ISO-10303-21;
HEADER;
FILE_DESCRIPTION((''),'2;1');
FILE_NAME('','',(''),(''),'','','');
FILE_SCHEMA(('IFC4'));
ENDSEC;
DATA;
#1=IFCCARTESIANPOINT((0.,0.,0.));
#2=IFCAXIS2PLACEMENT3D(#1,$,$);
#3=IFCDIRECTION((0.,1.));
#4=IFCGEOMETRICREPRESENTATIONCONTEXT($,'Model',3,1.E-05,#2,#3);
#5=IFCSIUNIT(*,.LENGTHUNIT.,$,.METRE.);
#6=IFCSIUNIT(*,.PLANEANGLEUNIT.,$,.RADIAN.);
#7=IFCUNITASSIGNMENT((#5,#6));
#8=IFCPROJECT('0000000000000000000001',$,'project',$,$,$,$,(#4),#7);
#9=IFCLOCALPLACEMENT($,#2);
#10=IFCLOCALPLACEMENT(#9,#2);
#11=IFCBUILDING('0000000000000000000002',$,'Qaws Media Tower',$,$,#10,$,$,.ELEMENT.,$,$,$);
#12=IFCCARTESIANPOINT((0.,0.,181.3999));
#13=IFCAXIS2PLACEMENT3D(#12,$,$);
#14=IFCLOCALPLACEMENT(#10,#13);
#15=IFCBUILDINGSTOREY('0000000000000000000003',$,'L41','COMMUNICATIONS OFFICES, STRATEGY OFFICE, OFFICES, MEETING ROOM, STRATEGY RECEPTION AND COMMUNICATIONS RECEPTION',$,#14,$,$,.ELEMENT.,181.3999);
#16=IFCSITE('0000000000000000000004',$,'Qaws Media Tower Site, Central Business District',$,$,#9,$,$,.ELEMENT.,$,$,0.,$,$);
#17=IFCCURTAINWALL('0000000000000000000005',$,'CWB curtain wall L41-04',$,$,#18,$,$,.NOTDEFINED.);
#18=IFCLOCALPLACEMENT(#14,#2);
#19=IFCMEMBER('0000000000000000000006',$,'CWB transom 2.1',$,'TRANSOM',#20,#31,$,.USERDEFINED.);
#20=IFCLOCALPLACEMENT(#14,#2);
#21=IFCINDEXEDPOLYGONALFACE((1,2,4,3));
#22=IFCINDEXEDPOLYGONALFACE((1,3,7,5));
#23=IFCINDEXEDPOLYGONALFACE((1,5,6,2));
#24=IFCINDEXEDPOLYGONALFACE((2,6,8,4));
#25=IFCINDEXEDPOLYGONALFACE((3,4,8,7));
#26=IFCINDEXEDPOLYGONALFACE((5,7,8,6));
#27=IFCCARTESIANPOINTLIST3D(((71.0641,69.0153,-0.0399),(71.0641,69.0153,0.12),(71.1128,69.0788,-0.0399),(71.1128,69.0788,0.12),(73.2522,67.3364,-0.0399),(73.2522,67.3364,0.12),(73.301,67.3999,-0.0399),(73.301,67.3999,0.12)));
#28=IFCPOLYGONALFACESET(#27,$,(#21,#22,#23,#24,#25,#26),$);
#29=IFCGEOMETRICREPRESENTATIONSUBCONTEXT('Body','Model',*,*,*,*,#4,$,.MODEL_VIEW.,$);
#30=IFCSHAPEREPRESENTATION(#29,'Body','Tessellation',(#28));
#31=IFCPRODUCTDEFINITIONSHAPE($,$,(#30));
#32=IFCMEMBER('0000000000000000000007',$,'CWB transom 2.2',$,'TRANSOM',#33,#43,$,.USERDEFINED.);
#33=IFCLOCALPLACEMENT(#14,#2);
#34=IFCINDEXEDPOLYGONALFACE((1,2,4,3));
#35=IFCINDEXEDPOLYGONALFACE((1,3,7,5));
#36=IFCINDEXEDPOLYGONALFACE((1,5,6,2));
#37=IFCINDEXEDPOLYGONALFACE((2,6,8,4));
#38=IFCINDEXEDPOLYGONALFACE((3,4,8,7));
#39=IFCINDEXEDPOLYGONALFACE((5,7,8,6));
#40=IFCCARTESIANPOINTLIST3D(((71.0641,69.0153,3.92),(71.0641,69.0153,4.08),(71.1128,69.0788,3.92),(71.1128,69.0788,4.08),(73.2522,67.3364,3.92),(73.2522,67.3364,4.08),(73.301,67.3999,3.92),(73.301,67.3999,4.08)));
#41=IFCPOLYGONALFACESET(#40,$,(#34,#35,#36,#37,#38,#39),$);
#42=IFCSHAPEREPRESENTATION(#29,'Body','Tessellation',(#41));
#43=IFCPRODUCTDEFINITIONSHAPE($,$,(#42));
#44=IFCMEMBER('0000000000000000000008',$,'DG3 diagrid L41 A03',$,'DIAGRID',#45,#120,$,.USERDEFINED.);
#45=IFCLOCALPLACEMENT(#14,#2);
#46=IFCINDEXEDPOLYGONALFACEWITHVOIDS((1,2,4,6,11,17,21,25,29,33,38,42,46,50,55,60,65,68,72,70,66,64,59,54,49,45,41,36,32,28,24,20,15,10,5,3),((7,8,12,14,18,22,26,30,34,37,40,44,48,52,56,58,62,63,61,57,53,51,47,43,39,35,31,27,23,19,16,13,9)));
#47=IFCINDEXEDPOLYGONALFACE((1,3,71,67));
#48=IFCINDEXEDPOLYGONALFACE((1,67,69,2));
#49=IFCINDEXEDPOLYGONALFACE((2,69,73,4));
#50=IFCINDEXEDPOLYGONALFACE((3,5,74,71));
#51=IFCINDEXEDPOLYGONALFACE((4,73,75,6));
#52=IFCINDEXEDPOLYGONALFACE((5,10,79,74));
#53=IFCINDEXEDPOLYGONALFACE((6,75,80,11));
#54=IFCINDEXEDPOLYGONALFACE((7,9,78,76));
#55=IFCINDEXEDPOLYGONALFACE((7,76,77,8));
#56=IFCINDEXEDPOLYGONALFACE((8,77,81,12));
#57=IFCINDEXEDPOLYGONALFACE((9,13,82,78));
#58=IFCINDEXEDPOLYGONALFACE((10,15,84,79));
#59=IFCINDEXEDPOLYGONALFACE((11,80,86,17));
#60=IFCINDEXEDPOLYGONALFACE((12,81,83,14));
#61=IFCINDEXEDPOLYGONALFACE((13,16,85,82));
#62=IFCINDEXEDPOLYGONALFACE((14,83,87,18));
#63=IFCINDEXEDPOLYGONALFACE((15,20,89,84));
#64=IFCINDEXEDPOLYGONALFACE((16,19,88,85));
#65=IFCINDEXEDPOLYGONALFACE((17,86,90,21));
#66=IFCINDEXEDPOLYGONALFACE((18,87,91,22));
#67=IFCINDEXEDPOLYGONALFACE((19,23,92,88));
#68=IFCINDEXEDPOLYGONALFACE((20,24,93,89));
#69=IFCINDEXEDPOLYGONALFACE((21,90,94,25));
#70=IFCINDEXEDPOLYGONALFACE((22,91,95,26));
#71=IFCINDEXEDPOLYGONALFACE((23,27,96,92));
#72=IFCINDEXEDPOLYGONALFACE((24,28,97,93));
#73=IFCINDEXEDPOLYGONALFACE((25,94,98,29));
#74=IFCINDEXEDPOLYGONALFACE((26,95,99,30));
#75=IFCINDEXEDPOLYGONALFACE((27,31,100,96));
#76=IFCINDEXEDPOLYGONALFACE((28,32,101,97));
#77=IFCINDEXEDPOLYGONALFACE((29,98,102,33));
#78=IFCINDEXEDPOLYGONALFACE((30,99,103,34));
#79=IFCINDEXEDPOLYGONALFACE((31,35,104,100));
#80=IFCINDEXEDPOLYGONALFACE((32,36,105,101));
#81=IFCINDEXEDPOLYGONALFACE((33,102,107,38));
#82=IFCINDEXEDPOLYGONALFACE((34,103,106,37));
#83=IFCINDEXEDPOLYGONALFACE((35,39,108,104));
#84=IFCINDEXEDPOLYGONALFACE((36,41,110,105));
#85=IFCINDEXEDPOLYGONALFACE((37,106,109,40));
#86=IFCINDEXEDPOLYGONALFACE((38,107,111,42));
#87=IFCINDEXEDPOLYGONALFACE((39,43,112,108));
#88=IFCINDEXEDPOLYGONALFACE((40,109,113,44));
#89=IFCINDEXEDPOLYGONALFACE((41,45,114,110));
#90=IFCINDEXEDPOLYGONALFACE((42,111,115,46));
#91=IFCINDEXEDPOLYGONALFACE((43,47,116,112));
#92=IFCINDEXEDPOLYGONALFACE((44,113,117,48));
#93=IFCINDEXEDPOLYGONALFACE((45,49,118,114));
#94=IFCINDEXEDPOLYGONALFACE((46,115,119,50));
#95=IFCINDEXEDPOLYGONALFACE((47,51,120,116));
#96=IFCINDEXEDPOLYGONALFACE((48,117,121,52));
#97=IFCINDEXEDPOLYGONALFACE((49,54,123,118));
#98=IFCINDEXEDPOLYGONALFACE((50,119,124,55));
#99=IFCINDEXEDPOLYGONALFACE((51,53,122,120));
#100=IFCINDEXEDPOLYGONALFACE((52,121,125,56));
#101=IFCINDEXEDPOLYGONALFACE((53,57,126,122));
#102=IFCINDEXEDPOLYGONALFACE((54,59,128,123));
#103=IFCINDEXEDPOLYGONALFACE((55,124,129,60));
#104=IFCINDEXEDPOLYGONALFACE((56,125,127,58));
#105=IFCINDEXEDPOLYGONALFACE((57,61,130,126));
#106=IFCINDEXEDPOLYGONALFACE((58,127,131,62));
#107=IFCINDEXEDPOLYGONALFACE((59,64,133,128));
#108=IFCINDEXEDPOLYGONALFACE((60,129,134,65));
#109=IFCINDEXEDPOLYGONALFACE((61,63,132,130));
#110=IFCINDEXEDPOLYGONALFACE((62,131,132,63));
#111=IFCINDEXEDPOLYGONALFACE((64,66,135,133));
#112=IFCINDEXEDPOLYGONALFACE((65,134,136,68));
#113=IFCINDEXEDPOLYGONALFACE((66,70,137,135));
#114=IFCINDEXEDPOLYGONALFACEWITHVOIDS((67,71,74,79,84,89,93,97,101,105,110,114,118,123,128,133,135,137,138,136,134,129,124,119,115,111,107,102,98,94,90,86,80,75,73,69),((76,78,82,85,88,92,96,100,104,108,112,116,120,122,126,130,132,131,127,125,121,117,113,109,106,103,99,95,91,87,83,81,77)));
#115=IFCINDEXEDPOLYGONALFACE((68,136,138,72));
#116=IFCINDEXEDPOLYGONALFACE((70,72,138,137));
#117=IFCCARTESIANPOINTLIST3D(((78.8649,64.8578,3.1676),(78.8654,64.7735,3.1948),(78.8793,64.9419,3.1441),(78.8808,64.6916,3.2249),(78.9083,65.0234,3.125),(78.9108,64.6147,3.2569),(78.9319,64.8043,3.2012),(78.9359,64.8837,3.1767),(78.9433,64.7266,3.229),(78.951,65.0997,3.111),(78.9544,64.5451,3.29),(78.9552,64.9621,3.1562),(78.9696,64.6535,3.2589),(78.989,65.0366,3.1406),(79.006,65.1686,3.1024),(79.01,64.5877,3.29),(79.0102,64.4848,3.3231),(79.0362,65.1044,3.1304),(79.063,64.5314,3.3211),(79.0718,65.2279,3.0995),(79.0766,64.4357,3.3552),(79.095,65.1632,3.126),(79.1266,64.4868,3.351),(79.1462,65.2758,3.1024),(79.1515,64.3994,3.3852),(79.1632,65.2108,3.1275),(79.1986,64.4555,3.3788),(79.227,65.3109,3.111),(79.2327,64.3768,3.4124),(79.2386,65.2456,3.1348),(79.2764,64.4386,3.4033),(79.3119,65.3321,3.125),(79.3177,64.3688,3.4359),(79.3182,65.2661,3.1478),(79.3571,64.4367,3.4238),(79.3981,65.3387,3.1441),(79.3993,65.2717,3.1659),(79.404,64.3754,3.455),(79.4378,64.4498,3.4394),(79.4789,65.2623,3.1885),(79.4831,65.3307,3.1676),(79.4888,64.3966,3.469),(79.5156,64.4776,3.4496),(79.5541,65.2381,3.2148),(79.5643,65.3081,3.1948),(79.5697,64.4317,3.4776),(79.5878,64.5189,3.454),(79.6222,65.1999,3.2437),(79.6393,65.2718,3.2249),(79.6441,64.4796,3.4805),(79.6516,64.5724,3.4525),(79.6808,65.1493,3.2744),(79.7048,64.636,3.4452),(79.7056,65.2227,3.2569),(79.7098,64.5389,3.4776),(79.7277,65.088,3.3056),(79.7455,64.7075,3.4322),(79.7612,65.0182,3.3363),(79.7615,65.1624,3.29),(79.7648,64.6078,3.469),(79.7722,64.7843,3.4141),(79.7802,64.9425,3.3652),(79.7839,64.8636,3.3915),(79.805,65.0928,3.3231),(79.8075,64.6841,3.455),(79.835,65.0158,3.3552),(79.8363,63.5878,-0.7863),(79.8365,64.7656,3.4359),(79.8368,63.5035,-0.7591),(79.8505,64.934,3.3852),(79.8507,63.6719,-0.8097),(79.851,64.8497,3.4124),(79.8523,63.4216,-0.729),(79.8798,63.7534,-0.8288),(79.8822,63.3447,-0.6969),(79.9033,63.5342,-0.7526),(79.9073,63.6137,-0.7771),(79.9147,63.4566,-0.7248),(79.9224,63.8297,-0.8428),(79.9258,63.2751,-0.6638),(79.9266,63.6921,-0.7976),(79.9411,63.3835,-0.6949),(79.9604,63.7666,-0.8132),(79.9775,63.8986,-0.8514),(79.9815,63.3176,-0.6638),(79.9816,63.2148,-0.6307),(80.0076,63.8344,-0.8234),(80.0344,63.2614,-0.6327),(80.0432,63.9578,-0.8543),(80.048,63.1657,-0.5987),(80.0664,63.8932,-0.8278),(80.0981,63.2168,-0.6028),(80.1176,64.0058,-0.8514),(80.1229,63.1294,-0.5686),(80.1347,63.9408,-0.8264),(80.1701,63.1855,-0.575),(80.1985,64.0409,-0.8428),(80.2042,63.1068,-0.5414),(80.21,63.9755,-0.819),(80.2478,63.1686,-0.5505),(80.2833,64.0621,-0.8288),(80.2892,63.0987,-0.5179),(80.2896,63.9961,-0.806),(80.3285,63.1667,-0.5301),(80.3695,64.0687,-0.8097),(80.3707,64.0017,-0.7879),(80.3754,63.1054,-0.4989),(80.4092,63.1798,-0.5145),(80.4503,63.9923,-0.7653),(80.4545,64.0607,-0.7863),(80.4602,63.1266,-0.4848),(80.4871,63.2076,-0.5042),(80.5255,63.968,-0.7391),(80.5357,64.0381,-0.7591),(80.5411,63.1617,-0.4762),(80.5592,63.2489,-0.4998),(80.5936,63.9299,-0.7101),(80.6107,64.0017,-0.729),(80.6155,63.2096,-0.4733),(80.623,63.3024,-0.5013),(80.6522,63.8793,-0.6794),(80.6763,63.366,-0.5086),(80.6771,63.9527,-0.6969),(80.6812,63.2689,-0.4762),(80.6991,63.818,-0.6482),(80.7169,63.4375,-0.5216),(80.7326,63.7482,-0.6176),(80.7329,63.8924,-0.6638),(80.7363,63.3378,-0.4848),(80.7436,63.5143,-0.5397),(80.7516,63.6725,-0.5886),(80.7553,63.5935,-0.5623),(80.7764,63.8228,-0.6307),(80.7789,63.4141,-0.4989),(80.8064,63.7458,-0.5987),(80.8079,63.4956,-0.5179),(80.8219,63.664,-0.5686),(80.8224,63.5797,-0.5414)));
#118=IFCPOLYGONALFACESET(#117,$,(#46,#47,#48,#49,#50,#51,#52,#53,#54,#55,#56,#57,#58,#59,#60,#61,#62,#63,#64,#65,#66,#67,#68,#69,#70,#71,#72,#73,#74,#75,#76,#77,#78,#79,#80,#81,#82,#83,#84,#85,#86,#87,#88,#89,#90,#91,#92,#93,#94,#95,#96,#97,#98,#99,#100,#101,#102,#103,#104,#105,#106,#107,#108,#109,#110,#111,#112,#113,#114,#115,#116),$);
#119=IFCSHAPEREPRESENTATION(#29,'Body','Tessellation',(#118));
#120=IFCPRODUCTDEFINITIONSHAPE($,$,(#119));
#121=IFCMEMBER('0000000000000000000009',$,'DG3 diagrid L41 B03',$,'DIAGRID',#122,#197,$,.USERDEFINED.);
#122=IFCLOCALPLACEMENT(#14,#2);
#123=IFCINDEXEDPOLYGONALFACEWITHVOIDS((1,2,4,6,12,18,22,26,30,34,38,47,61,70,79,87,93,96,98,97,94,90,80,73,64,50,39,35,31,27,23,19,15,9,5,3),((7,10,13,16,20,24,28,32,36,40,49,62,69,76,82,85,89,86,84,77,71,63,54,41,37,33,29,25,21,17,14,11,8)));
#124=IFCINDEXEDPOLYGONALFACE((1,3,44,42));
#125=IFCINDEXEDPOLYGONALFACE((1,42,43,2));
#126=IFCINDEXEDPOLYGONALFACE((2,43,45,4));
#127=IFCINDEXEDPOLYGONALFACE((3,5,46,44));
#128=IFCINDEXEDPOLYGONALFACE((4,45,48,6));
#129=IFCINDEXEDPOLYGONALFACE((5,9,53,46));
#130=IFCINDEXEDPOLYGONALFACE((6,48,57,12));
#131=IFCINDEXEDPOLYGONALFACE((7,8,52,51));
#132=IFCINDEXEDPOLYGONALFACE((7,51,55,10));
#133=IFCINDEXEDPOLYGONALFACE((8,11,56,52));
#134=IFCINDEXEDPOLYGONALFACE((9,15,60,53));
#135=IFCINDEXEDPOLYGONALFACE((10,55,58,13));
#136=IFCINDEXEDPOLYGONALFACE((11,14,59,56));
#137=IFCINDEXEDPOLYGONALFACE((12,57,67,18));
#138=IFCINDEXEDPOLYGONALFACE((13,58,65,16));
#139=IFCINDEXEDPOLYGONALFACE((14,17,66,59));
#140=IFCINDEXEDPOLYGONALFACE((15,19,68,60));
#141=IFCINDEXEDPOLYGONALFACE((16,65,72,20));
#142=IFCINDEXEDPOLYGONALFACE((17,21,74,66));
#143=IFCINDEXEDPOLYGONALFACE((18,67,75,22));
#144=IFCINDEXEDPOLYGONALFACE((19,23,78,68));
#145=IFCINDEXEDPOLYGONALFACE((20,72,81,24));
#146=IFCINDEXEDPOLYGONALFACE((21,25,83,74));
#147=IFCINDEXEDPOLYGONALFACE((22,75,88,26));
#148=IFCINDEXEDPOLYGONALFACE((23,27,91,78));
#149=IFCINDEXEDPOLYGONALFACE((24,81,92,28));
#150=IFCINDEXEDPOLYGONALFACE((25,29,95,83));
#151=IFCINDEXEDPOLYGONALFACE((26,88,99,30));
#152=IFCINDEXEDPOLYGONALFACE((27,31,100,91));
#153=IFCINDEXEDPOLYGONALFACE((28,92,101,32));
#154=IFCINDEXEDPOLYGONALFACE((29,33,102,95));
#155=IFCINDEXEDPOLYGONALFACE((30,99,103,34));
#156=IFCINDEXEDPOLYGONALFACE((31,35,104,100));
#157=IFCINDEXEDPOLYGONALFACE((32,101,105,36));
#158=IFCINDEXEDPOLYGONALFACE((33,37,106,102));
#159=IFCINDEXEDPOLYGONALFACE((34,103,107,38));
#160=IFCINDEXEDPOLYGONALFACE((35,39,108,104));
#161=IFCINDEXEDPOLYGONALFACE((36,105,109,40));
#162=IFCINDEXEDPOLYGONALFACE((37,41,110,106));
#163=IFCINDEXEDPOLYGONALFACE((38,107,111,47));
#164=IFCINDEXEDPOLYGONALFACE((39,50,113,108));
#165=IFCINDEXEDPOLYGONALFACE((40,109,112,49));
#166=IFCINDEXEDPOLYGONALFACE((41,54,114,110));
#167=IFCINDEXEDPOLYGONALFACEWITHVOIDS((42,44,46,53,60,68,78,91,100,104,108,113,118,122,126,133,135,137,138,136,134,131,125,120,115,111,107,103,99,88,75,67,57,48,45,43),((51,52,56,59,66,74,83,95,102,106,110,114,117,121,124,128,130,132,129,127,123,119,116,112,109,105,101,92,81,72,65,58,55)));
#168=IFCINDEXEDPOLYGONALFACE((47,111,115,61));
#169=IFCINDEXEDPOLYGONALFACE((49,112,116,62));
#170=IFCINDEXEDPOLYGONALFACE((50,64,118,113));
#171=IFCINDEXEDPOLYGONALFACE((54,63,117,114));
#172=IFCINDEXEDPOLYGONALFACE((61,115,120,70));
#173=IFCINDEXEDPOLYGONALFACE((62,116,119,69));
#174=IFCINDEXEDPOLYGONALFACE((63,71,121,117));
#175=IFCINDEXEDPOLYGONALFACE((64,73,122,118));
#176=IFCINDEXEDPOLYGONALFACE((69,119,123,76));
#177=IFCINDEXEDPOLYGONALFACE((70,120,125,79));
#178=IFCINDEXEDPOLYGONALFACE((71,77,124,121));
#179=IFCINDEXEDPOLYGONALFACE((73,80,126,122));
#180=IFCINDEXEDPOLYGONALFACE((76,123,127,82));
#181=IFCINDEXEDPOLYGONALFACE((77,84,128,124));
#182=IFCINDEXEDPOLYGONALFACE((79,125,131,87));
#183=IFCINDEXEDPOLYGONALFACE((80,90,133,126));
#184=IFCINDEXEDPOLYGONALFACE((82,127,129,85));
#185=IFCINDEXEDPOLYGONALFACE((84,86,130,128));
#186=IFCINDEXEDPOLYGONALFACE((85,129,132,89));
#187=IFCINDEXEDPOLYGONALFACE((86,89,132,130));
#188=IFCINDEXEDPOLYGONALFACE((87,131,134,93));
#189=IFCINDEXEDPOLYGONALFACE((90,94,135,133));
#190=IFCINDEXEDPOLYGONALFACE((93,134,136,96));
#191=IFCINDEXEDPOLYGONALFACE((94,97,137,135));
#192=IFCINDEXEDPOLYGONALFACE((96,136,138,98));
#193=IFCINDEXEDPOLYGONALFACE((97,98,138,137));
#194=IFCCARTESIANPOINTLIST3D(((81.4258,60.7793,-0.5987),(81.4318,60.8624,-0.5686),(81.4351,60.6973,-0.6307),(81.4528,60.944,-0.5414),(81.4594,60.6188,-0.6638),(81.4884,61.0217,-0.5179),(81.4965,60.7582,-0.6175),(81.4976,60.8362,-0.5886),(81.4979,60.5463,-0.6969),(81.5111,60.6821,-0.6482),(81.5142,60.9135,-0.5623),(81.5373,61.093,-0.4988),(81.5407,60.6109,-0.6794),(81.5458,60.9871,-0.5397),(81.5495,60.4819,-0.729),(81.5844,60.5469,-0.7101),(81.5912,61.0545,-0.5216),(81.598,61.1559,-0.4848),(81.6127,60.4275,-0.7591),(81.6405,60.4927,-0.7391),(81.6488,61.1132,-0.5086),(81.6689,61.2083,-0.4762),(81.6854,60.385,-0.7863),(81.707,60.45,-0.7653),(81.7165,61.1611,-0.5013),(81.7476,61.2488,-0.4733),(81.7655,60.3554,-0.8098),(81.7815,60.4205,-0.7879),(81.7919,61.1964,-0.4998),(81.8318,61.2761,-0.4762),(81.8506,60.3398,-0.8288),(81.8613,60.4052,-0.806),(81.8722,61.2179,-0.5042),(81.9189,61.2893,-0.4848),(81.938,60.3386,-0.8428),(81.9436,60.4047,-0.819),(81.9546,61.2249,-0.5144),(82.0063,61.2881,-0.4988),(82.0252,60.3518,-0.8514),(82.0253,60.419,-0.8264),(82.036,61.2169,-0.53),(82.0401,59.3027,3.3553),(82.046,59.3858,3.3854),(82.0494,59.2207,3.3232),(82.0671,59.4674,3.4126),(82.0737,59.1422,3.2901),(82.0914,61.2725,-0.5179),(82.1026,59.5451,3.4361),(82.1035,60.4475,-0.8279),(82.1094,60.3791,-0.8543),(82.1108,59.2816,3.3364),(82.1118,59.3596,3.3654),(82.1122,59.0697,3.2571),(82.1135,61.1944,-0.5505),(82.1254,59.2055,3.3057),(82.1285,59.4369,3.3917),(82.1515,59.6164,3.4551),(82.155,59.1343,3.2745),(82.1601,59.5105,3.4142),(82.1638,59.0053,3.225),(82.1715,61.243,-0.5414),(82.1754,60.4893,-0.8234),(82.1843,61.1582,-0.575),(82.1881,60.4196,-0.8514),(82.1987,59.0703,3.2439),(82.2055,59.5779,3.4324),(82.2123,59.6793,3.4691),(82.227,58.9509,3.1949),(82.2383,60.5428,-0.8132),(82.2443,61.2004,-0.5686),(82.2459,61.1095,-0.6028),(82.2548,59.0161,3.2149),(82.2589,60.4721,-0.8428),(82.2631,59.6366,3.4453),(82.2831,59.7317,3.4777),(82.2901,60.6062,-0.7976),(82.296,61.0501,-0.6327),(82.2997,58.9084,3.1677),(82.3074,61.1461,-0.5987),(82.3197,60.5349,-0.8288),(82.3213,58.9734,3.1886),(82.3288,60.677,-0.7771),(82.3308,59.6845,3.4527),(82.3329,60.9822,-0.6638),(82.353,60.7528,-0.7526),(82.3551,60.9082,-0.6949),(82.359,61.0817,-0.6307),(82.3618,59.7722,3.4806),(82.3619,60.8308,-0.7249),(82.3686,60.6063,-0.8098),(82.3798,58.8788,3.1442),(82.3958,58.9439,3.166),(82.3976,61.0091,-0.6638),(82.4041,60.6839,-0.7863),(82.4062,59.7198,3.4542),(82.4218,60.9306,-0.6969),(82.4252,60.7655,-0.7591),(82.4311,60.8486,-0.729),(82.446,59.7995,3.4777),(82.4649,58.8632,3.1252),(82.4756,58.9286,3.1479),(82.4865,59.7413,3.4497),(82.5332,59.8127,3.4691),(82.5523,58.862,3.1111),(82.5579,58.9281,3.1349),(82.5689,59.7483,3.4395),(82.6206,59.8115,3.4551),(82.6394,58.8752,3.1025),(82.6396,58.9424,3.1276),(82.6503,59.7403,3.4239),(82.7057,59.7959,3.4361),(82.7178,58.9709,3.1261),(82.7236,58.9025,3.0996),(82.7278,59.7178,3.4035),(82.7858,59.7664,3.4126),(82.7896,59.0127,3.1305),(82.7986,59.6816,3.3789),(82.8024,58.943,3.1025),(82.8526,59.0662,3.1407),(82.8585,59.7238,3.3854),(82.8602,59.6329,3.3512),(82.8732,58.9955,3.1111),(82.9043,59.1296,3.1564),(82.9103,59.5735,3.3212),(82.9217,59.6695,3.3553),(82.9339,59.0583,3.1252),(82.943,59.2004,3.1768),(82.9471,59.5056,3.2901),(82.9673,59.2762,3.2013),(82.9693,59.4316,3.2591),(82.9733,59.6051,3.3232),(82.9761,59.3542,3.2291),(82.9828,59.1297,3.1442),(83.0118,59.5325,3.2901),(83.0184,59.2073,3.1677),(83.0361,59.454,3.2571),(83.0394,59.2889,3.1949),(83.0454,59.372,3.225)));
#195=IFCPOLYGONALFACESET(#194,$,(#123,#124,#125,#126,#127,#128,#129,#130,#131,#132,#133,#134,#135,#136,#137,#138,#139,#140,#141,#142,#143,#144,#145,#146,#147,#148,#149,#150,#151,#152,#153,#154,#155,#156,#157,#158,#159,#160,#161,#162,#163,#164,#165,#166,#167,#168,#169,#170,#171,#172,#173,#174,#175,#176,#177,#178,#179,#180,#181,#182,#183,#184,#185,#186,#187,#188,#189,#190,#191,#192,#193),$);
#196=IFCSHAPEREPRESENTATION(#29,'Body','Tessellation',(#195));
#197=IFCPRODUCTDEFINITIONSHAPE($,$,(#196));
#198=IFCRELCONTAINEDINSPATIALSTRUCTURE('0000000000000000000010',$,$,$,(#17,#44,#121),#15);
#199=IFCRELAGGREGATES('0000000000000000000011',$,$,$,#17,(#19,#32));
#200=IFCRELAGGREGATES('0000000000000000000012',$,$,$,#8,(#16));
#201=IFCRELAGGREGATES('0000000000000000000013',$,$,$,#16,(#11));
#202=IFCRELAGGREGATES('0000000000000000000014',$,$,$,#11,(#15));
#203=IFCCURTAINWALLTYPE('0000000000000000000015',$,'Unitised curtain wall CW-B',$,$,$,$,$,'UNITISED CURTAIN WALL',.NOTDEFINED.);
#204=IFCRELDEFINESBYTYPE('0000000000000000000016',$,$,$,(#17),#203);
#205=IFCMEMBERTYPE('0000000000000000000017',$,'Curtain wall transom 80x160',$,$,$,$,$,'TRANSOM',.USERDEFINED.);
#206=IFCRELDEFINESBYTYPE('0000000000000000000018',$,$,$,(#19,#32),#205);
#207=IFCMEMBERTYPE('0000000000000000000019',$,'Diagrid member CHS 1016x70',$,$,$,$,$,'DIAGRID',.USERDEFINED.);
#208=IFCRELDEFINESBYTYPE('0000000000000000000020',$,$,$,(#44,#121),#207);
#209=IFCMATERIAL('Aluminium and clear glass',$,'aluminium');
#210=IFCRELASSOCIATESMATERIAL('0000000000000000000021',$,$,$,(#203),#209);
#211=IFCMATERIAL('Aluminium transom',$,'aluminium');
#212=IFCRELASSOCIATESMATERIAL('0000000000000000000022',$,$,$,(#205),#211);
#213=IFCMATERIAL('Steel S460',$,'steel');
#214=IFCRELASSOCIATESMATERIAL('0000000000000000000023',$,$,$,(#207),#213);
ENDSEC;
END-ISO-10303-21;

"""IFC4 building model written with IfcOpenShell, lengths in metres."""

from ifc_helpers import new_model, si_unit, direction, frame, origin, origin_2d, place, context, subcontext, project, spatial, rectangle, hollow_circle, extrude, material, material_profile, profile_set, type_object, element, aggregate, save


model = new_model("IFC4")

# Units and contexts
model_context = context("Model", 3, precision=1e-05, world=origin(), true_north=direction((0.0, 1.0)))
body_context = subcontext(model_context, "Body", "Model", "MODEL_VIEW")
ifc_project = project(units=[si_unit("LENGTHUNIT", "METRE"), si_unit("PLANEANGLEUNIT", "RADIAN")], contexts=[model_context])

# Site, building, storey
site_placement = place(None, origin())
site = spatial("IfcSite", under=ifc_project, at=site_placement, Name="Qaws Media Tower Site, Central Business District", CompositionType="ELEMENT", RefElevation=0.0)
building_placement = place(site_placement, origin())
building = spatial("IfcBuilding", under=site, at=building_placement, Name="Qaws Media Tower", CompositionType="ELEMENT")
storey_placement = place(building_placement, frame((0.0, 0.0, 181.3999)))
storey = spatial("IfcBuildingStorey", under=building, at=storey_placement, Name="L41", Description="COMMUNICATIONS OFFICES, STRATEGY OFFICE, OFFICES, MEETING ROOM, STRATEGY RECEPTION AND COMMUNICATIONS RECEPTION", CompositionType="ELEMENT", Elevation=181.3999)

# Shared definitions
ifc_material_1 = material(Name="Aluminium and clear glass", Category="aluminium")
curtain_wall_type = type_object("IfcCurtainWallType", Name="Unitised curtain wall CW-B", ElementType="UNITISED CURTAIN WALL", PredefinedType="NOTDEFINED", material=ifc_material_1)

# Curtain wall
curtain_wall_1_placement = place(storey_placement, origin())
curtain_wall_1 = element("IfcCurtainWall", 1, at=curtain_wall_1_placement, inside=storey, type_object=curtain_wall_type, Name="CWB curtain wall L41-04", PredefinedType="NOTDEFINED")

# Members
ifc_material_2 = material(Name="Aluminium transom", Category="aluminium")
ifc_material_profile_1 = material_profile(ifc_material_2, rectangle(XDim=0.0801, YDim=0.1599, at=origin_2d()), Name="80x160")
ifc_profile_set_1 = profile_set([ifc_material_profile_1], Name="Aluminium transom")
member_type_1 = type_object("IfcMemberType", Name="Curtain wall transom 80x160", ElementType="TRANSOM", PredefinedType="USERDEFINED", material=ifc_profile_set_1)
member_1_placement = place(storey_placement, frame((73.2766, 67.3682, 0.04), z_axis=(-0.793377, 0.608731, 0.0), x_axis=(-0.608731, -0.793377, 0.0)))
member_1 = element("IfcMember", 2, at=member_1_placement, type_object=member_type_1, Name="CWB transom 2.1", ObjectType="TRANSOM", PredefinedType="USERDEFINED", context=body_context, shape_type="SweptSolid", body=[
    extrude(rectangle(XDim=0.0801, YDim=0.1599, at=origin_2d()), origin(), (0.0, 0.0, 1.0), 2.7581),
])
member_2_placement = place(storey_placement, frame((73.2766, 67.3682, 4.0), z_axis=(-0.793377, 0.608731, 0.0), x_axis=(-0.608731, -0.793377, 0.0)))
member_2 = element("IfcMember", 3, at=member_2_placement, type_object=member_type_1, Name="CWB transom 2.2", ObjectType="TRANSOM", PredefinedType="USERDEFINED", context=body_context, shape_type="SweptSolid", body=[
    extrude(rectangle(XDim=0.0801, YDim=0.1599, at=origin_2d()), origin(), (0.0, 0.0, 1.0), 2.7581),
])

# Members
ifc_material_3 = material(Name="Steel S460", Category="steel")
ifc_material_profile_2 = material_profile(ifc_material_3, hollow_circle(Radius=0.5081, WallThickness=0.0701, at=origin_2d()), Name="CHS 1016x70")
ifc_profile_set_2 = profile_set([ifc_material_profile_2], Name="Steel S460")
member_type_2 = type_object("IfcMemberType", Name="Diagrid member CHS 1016x70", ElementType="DIAGRID", PredefinedType="USERDEFINED", material=ifc_profile_set_2)
member_3_placement = place(storey_placement, frame((80.3293, 63.5837, -0.6638), z_axis=(-0.227773, 0.297782, 0.927063), x_axis=(-0.794284, -0.607546, 0.0)))
element("IfcMember", 4, at=member_3_placement, inside=storey, type_object=member_type_2, Name="DG3 diagrid L41 A03", ObjectType="DIAGRID", PredefinedType="USERDEFINED", context=body_context, shape_type="SweptSolid", body=[
    extrude(hollow_circle(Radius=0.5081, WallThickness=0.0701, at=origin_2d()), origin(), (0.0, 0.0, 1.0), 4.2649),
])
for number, where, z_axis, x_axis, name in (
    (5, (81.9285, 60.814, -0.6638), (0.144022, -0.346202, 0.927039), (0.923294, 0.384095, 0.0), "DG3 diagrid L41 B03"),
):
    element("IfcMember", number, at=place(storey_placement, frame(where, z_axis=z_axis, x_axis=x_axis)), inside=storey, type_object=member_type_2, Name=name, ObjectType="DIAGRID", PredefinedType="USERDEFINED", context=body_context, shape_type="SweptSolid", body=[
        extrude(hollow_circle(Radius=0.5081, WallThickness=0.0701, at=origin_2d()), origin(), (0.0, 0.0, 1.0), 4.2651),
    ])

aggregate(curtain_wall_1, [member_1, member_2])

save(model, "model.ifc")
